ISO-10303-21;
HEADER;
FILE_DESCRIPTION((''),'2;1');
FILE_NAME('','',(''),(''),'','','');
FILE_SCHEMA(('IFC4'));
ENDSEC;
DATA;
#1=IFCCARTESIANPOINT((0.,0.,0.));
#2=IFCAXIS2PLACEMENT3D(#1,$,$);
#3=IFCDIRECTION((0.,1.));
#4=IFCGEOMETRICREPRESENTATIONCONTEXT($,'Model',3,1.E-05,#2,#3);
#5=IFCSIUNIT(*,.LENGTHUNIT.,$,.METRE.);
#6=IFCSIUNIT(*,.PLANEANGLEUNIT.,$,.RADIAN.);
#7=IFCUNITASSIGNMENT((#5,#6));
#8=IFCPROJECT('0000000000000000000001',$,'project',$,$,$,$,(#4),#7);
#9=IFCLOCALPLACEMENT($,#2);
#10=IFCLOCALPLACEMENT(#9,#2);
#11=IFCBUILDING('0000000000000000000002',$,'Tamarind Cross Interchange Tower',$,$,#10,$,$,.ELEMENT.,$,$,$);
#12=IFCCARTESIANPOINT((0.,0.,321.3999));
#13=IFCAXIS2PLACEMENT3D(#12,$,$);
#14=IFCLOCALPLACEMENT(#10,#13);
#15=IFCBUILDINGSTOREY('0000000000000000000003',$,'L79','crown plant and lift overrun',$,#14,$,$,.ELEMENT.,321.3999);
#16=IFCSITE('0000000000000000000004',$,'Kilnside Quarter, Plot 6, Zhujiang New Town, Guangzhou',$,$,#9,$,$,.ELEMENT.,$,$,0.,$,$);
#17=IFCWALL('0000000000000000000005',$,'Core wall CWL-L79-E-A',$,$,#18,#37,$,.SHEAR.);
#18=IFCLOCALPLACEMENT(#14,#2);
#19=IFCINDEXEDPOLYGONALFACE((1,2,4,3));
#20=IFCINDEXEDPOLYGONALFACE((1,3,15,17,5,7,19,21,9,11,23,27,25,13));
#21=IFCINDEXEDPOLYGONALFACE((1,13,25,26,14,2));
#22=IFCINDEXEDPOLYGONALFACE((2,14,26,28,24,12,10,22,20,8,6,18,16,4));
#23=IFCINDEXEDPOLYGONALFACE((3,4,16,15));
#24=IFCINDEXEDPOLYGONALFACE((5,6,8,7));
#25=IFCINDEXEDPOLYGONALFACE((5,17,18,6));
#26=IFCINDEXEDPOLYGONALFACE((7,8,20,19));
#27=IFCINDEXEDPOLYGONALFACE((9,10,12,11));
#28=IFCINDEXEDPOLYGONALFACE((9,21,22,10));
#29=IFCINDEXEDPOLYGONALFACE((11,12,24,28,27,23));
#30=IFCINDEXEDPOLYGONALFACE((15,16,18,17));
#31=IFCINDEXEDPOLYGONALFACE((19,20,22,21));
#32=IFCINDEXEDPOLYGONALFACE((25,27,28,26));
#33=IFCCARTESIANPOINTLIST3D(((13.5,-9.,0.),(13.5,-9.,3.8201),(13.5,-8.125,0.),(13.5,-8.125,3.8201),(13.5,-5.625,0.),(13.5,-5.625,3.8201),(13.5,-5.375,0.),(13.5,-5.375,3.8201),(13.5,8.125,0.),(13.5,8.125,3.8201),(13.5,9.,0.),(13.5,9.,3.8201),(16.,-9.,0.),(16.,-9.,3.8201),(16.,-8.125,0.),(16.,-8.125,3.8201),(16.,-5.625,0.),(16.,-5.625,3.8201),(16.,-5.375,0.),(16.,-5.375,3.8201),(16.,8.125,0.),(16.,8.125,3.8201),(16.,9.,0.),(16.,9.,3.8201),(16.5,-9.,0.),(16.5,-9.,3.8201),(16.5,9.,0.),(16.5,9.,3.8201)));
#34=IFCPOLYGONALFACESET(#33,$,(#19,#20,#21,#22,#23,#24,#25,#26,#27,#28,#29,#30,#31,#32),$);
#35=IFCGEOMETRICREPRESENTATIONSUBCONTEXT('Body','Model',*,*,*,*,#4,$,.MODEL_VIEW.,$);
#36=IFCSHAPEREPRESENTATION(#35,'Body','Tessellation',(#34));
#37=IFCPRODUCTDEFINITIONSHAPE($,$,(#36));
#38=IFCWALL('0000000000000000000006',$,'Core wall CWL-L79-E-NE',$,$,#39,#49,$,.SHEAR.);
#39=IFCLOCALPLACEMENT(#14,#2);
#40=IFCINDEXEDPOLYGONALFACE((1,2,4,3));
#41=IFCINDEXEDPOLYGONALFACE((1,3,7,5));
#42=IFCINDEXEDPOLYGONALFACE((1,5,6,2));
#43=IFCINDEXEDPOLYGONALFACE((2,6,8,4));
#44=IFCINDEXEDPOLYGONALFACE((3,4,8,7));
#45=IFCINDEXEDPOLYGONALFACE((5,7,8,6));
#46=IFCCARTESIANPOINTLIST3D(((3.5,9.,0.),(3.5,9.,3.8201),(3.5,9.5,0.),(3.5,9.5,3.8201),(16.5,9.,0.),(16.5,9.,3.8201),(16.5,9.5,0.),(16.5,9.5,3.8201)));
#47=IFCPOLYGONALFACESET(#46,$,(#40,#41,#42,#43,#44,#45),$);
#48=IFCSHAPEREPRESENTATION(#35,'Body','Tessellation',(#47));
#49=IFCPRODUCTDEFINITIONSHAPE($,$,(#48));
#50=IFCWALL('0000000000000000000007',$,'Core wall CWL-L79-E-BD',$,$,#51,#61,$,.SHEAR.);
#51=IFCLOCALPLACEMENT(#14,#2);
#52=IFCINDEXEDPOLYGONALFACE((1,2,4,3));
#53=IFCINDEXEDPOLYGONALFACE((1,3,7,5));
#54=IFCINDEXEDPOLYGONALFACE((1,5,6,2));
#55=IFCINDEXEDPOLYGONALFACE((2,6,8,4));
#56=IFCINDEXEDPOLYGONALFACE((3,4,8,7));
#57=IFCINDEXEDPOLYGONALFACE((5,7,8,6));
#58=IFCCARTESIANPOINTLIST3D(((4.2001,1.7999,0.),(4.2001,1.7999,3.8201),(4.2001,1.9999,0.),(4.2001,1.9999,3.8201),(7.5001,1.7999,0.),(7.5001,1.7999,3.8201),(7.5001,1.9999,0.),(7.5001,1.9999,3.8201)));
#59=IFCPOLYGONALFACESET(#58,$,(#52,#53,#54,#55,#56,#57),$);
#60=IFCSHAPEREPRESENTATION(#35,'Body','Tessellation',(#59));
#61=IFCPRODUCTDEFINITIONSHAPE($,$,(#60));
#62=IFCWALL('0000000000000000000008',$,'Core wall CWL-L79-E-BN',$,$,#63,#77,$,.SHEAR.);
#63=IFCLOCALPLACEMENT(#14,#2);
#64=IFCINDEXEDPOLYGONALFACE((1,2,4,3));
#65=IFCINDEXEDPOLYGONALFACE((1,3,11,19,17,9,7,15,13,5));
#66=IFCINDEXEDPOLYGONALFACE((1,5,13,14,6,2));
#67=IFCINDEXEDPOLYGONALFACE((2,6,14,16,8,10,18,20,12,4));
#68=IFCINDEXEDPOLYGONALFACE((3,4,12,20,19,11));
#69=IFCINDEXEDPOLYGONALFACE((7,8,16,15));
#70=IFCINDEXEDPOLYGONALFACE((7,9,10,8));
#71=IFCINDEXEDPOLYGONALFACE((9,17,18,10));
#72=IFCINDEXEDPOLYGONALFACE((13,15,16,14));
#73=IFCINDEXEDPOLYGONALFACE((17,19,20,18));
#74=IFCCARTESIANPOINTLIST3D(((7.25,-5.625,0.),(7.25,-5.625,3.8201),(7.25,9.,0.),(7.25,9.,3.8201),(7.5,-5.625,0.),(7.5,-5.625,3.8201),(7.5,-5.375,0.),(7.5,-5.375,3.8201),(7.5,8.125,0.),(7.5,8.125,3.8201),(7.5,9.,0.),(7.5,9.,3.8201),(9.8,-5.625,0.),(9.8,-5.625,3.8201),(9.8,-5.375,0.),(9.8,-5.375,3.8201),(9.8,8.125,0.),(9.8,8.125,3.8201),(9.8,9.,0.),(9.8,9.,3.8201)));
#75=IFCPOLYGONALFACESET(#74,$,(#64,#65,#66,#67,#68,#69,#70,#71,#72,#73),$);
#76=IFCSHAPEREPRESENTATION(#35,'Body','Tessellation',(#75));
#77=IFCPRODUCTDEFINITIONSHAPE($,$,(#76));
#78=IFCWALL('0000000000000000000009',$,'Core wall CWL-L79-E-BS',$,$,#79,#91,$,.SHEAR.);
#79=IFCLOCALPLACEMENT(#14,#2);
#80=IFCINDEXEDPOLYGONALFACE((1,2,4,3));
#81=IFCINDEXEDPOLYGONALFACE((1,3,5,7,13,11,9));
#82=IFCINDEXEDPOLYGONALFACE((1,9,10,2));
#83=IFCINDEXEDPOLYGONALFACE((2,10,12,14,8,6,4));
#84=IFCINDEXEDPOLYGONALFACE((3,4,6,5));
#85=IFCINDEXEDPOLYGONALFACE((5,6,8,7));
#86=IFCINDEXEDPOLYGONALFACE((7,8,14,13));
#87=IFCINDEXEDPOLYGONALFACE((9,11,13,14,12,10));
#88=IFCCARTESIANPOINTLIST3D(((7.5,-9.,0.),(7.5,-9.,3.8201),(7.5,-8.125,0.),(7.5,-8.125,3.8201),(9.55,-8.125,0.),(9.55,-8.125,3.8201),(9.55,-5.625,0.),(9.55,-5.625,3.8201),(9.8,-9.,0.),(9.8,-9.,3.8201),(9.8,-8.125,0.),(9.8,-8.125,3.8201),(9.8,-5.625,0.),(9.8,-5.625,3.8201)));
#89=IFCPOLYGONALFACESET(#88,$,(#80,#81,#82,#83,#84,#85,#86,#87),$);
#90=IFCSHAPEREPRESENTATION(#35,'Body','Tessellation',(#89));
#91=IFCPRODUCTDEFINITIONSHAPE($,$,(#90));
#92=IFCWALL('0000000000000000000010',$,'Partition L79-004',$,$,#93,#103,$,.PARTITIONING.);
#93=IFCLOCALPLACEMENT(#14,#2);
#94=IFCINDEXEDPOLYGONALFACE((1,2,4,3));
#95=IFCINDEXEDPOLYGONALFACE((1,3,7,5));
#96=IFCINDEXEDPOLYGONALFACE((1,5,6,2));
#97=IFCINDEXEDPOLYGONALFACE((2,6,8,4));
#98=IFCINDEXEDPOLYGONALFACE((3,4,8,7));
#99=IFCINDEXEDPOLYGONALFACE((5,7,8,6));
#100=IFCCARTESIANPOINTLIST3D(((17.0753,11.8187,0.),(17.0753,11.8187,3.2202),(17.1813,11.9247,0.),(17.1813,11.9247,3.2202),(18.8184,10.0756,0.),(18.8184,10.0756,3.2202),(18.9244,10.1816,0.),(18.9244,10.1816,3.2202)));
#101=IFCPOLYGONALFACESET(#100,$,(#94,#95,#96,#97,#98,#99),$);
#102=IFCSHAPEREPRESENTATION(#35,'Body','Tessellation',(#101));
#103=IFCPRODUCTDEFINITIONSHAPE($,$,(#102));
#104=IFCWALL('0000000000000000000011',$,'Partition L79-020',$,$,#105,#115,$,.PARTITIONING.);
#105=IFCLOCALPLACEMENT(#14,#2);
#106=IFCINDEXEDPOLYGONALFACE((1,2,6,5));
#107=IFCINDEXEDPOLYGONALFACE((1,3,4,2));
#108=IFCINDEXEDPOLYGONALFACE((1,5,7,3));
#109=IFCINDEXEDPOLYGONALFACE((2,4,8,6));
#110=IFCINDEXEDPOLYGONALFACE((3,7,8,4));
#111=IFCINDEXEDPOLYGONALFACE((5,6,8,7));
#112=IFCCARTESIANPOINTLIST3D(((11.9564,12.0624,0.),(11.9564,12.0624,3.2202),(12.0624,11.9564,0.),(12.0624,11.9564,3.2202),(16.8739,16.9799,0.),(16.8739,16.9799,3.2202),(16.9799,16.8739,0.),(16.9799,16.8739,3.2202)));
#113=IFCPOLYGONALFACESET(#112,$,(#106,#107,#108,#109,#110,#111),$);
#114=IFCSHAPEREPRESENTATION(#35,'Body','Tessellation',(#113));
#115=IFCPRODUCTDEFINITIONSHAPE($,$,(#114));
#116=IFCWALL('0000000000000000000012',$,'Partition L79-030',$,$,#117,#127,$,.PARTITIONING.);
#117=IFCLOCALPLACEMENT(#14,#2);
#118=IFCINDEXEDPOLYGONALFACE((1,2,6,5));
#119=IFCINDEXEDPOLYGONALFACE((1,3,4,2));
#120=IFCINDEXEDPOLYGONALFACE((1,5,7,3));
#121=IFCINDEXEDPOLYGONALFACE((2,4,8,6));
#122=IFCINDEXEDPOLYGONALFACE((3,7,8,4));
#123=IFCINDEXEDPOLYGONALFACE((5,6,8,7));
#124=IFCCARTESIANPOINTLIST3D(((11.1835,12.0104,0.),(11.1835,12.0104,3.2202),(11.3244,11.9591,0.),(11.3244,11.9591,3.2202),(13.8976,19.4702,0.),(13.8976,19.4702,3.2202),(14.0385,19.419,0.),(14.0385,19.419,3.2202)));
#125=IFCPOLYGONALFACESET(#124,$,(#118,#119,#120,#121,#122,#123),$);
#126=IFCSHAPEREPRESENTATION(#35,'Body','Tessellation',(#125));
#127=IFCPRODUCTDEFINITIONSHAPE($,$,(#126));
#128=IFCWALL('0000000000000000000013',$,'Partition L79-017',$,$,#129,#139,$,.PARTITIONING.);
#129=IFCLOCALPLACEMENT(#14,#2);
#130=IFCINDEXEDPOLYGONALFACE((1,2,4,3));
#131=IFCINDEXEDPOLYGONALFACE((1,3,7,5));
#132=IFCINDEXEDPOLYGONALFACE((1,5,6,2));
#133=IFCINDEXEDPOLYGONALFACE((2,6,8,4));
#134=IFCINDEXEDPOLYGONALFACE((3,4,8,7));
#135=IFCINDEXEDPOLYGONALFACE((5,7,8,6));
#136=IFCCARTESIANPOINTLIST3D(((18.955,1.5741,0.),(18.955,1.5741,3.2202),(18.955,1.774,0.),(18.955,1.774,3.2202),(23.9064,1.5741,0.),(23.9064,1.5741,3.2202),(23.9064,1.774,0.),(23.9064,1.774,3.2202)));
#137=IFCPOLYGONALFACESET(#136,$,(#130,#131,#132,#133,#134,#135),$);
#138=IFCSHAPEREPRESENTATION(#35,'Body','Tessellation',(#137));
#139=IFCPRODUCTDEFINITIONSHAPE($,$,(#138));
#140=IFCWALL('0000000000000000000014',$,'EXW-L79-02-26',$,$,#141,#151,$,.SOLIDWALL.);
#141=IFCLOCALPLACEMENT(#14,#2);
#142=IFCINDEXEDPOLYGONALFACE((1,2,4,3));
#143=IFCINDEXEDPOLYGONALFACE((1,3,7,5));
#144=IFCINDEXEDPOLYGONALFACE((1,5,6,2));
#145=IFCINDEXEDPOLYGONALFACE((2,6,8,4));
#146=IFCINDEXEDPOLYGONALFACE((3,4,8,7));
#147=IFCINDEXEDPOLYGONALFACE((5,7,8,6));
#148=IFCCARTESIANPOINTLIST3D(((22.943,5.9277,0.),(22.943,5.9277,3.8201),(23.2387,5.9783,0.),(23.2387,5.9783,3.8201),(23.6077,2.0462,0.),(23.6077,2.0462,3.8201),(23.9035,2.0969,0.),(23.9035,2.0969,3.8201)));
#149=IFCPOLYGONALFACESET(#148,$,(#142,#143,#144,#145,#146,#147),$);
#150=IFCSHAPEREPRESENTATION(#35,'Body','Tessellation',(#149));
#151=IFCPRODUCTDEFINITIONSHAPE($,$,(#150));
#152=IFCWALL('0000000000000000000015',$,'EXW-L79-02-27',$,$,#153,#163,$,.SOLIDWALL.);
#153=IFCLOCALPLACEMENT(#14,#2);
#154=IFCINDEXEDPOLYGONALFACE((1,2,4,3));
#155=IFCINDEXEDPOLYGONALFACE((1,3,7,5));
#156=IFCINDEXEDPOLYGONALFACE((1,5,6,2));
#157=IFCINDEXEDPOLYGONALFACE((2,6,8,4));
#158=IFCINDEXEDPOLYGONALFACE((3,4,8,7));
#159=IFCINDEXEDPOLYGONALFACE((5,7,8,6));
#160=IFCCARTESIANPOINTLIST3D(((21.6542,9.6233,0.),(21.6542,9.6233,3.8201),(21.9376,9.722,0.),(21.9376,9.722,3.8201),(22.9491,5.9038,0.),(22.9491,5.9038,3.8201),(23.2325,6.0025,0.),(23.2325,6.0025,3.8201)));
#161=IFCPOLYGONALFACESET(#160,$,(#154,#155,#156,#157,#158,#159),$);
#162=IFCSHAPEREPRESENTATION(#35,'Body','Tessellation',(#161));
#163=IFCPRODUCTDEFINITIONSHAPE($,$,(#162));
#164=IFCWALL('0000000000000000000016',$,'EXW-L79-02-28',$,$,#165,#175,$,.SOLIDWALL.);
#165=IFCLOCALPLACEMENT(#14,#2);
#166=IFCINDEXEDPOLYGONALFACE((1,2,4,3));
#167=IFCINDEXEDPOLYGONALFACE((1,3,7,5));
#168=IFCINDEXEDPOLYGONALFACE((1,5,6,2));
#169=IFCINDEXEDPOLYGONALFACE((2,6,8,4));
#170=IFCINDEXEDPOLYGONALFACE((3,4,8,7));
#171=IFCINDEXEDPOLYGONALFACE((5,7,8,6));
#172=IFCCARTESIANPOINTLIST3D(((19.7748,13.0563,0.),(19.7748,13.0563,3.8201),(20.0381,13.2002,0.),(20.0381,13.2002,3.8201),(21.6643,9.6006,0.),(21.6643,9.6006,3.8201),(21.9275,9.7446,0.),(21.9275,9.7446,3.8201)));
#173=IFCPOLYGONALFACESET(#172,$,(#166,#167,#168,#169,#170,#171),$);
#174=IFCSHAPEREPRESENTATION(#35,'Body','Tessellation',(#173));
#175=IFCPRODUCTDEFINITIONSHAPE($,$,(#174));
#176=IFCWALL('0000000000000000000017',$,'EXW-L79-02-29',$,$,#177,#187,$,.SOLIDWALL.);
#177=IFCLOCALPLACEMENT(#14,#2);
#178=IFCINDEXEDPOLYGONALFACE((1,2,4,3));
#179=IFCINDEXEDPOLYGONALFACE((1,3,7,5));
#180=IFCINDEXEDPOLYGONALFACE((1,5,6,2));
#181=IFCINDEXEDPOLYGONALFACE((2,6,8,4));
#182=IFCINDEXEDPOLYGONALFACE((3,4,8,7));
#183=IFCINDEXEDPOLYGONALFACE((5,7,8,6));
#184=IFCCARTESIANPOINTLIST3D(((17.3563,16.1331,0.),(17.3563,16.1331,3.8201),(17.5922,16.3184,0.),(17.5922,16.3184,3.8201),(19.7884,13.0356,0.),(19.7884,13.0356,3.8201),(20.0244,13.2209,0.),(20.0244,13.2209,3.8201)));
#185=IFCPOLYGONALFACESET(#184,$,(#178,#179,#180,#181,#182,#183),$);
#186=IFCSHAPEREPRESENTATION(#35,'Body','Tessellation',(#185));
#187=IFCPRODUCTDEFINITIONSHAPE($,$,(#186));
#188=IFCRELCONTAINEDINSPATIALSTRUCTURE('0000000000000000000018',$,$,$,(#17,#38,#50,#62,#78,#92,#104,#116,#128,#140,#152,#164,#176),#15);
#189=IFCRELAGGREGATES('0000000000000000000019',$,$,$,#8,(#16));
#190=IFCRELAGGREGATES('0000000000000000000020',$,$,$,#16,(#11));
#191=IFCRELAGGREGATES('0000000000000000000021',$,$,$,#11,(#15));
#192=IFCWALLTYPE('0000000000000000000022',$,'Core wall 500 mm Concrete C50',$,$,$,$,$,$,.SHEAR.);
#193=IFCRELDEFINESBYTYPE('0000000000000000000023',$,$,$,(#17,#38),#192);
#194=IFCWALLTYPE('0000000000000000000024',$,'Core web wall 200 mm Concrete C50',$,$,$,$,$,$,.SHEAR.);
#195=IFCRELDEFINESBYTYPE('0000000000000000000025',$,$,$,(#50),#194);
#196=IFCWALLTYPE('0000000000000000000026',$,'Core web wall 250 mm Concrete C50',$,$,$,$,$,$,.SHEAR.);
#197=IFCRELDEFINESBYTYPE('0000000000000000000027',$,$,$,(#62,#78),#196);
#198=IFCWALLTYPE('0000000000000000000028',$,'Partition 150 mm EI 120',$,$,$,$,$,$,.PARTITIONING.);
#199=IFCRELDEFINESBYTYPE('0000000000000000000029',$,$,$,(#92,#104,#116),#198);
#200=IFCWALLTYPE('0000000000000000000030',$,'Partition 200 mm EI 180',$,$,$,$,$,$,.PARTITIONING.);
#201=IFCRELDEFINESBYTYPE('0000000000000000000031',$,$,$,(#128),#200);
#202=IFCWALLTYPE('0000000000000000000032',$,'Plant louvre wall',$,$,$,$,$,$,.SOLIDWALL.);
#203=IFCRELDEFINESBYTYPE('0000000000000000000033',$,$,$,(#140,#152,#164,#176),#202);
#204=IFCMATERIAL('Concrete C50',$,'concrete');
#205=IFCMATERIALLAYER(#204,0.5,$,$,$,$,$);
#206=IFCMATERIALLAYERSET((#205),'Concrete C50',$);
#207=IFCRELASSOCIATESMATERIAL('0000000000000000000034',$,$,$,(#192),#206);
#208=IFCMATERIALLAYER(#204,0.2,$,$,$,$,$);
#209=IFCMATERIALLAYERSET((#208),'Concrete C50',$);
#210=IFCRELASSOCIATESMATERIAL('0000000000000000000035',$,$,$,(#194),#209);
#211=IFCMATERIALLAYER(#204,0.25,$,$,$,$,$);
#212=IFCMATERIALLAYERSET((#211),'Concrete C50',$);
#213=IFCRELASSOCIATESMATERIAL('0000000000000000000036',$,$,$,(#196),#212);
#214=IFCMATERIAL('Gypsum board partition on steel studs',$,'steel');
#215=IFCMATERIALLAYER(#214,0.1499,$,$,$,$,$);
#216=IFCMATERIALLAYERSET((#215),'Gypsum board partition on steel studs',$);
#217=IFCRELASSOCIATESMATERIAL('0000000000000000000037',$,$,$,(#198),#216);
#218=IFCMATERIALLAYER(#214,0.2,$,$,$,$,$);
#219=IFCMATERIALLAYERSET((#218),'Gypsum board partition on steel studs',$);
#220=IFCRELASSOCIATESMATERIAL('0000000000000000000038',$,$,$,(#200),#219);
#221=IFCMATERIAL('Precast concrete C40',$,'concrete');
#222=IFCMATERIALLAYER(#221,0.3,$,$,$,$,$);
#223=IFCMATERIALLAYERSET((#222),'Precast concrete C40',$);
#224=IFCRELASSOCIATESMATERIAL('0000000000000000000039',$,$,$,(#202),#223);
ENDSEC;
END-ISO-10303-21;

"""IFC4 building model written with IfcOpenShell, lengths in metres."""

from ifc_helpers import new_model, si_unit, direction, frame, frame_2d, origin, place, context, subcontext, project, spatial, polyline, rectangle, outline, extrude, material, layer, layer_set, type_object, element, save


model = new_model("IFC4")

# Units and contexts
model_context = context("Model", 3, precision=1e-05, world=origin(), true_north=direction((0.0, 1.0)))
body_context = subcontext(model_context, "Body", "Model", "MODEL_VIEW")
ifc_project = project(units=[si_unit("LENGTHUNIT", "METRE"), si_unit("PLANEANGLEUNIT", "RADIAN")], contexts=[model_context])

# Site, building, storey
site_placement = place(None, origin())
site = spatial("IfcSite", under=ifc_project, at=site_placement, Name="Kilnside Quarter, Plot 6, Zhujiang New Town, Guangzhou", CompositionType="ELEMENT", RefElevation=0.0)
building_placement = place(site_placement, origin())
building = spatial("IfcBuilding", under=site, at=building_placement, Name="Tamarind Cross Interchange Tower", CompositionType="ELEMENT")
storey_placement = place(building_placement, frame((0.0, 0.0, 321.3999)))
storey = spatial("IfcBuildingStorey", under=building, at=storey_placement, Name="L79", Description="crown plant and lift overrun", CompositionType="ELEMENT", Elevation=321.3999)

# Walls
ifc_material_1 = material(Name="Concrete C50", Category="concrete")
ifc_layer_1 = layer(ifc_material_1, 0.5)
ifc_layer_set_1 = layer_set([ifc_layer_1], Name="Concrete C50")
wall_type_1 = type_object("IfcWallType", Name="Core wall 500 mm Concrete C50", PredefinedType="SHEAR", material=ifc_layer_set_1)
wall_1_placement = place(storey_placement, origin())
element("IfcWall", 1, at=wall_1_placement, inside=storey, type_object=wall_type_1, Name="Core wall CWL-L79-E-A", PredefinedType="SHEAR", context=body_context, shape_type="SweptSolid", body=[
    extrude(outline(polyline([(13.5, -8.125), (13.5, -9.0), (16.0, -9.0), (16.5, -9.0), (16.5, 9.0), (16.0, 9.0), (13.5, 9.0), (13.5, 8.125), (16.0, 8.125), (16.0, -5.375), (13.5, -5.375), (13.5, -5.625), (16.0, -5.625), (16.0, -8.125), (13.5, -8.125)])), origin(), (0.0, 0.0, 1.0), 3.8201),
])
wall_2_placement = place(storey_placement, frame((16.5, 9.25, 0.0), z_axis=(0.0, 0.0, 1.0), x_axis=(-1.0, 0.0, 0.0)))
element("IfcWall", 2, at=wall_2_placement, inside=storey, type_object=wall_type_1, Name="Core wall CWL-L79-E-NE", PredefinedType="SHEAR", context=body_context, shape_type="SweptSolid", body=[
    extrude(rectangle(XDim=13.0, YDim=0.5, at=frame_2d((6.5, 0.0))), origin(), (0.0, 0.0, 1.0), 3.8201),
])
ifc_layer_2 = layer(ifc_material_1, 0.2)
ifc_layer_set_2 = layer_set([ifc_layer_2], Name="Concrete C50")
wall_type_2 = type_object("IfcWallType", Name="Core web wall 200 mm Concrete C50", PredefinedType="SHEAR", material=ifc_layer_set_2)
wall_3_placement = place(storey_placement, frame((7.5, 1.8999, 0.0), z_axis=(0.0, 0.0, 1.0), x_axis=(-1.0, 0.0, 0.0)))
element("IfcWall", 3, at=wall_3_placement, inside=storey, type_object=wall_type_2, Name="Core wall CWL-L79-E-BD", PredefinedType="SHEAR", context=body_context, shape_type="SweptSolid", body=[
    extrude(rectangle(XDim=3.3, YDim=0.2, at=frame_2d((1.6499, 0.0))), origin(), (0.0, 0.0, 1.0), 3.8201),
])
ifc_layer_3 = layer(ifc_material_1, 0.25)
ifc_layer_set_3 = layer_set([ifc_layer_3], Name="Concrete C50")
wall_type_3 = type_object("IfcWallType", Name="Core web wall 250 mm Concrete C50", PredefinedType="SHEAR", material=ifc_layer_set_3)
wall_4_placement = place(storey_placement, origin())
element("IfcWall", 4, at=wall_4_placement, inside=storey, type_object=wall_type_3, Name="Core wall CWL-L79-E-BN", PredefinedType="SHEAR", context=body_context, shape_type="SweptSolid", body=[
    extrude(outline(polyline([(9.8, -5.625), (9.8, -5.375), (7.5, -5.375), (7.5, 8.125), (9.8, 8.125), (9.8, 9.0), (7.5, 9.0), (7.25, 9.0), (7.25, -5.625), (7.5, -5.625), (9.8, -5.625)])), origin(), (0.0, 0.0, 1.0), 3.8201),
])
wall_5_placement = place(storey_placement, origin())
element("IfcWall", 5, at=wall_5_placement, inside=storey, type_object=wall_type_3, Name="Core wall CWL-L79-E-BS", PredefinedType="SHEAR", context=body_context, shape_type="SweptSolid", body=[
    extrude(outline(polyline([(7.5, -8.125), (7.5, -9.0), (9.8, -9.0), (9.8, -8.125), (9.8, -5.625), (9.55, -5.625), (9.55, -8.125), (7.5, -8.125)])), origin(), (0.0, 0.0, 1.0), 3.8201),
])
ifc_material_2 = material(Name="Gypsum board partition on steel studs", Category="steel")
ifc_layer_4 = layer(ifc_material_2, 0.1499)
ifc_layer_set_4 = layer_set([ifc_layer_4], Name="Gypsum board partition on steel studs")
wall_type_4 = type_object("IfcWallType", Name="Partition 150 mm EI 120", PredefinedType="PARTITIONING", material=ifc_layer_set_4)
wall_6_placement = place(storey_placement, frame((17.1284, 11.8716, 0.0), z_axis=(0.0, 0.0, 1.0), x_axis=(0.707107, -0.707107, 0.0)))
element("IfcWall", 6, at=wall_6_placement, inside=storey, type_object=wall_type_4, Name="Partition L79-004", PredefinedType="PARTITIONING", context=body_context, shape_type="SweptSolid", body=[
    extrude(rectangle(XDim=2.4651, YDim=0.1499, at=frame_2d((1.2324, 0.0))), origin(), (0.0, 0.0, 1.0), 3.2202),
])
wall_7_placement = place(storey_placement, frame((12.0095, 12.0095, 0.0), z_axis=(0.0, 0.0, 1.0), x_axis=(0.707107, 0.707107, 0.0)))
element("IfcWall", 7, at=wall_7_placement, inside=storey, type_object=wall_type_4, Name="Partition L79-020", PredefinedType="PARTITIONING", context=body_context, shape_type="SweptSolid", body=[
    extrude(rectangle(XDim=6.9543, YDim=0.1499, at=frame_2d((3.4771, 0.0))), origin(), (0.0, 0.0, 1.0), 3.2202),
])
wall_8_placement = place(storey_placement, frame((11.2539, 11.9846, 0.0), z_axis=(0.0, 0.0, 1.0), x_axis=(0.341899, 0.939737, 0.0)))
element("IfcWall", 8, at=wall_8_placement, inside=storey, type_object=wall_type_4, Name="Partition L79-030", PredefinedType="PARTITIONING", context=body_context, shape_type="SweptSolid", body=[
    extrude(rectangle(XDim=7.9382, YDim=0.1499, at=frame_2d((3.9692, 0.0))), origin(), (0.0, 0.0, 1.0), 3.2202),
])
ifc_layer_5 = layer(ifc_material_2, 0.2)
ifc_layer_set_5 = layer_set([ifc_layer_5], Name="Gypsum board partition on steel studs")
wall_type_5 = type_object("IfcWallType", Name="Partition 200 mm EI 180", PredefinedType="PARTITIONING", material=ifc_layer_set_5)
wall_9_placement = place(storey_placement, frame((18.9551, 1.6741, 0.0), z_axis=(0.0, 0.0, 1.0), x_axis=(1.0, 0.0, 0.0)))
element("IfcWall", 9, at=wall_9_placement, inside=storey, type_object=wall_type_5, Name="Partition L79-017", PredefinedType="PARTITIONING", context=body_context, shape_type="SweptSolid", body=[
    extrude(rectangle(XDim=4.9514, YDim=0.2, at=frame_2d((2.4756, 0.0))), origin(), (0.0, 0.0, 1.0), 3.2202),
])
ifc_material_3 = material(Name="Precast concrete C40", Category="concrete")
ifc_layer_6 = layer(ifc_material_3, 0.3)
ifc_layer_set_6 = layer_set([ifc_layer_6], Name="Precast concrete C40")
wall_type_6 = type_object("IfcWallType", Name="Plant louvre wall", PredefinedType="SOLIDWALL", material=ifc_layer_set_6)
wall_10_placement = place(storey_placement, frame((23.7556, 2.0715, 0.0), z_axis=(0.0, 0.0, 1.0), x_axis=(-0.168811, 0.985648, 0.0)))
element("IfcWall", 10, at=wall_10_placement, inside=storey, type_object=wall_type_6, Name="EXW-L79-02-26", PredefinedType="SOLIDWALL", context=body_context, shape_type="SweptSolid", body=[
    extrude(rectangle(XDim=3.938, YDim=0.3, at=frame_2d((1.969, 0.0))), origin(), (0.0, 0.0, 1.0), 3.8201),
])
for number, where, z_axis, x_axis, name in (
    (11, (23.0908, 5.9531, 0.0), (0.0, 0.0, 1.0), (-0.32879, 0.944403, 0.0), "EXW-L79-02-27"),
    (12, (21.7959, 9.6726, 0.0), (0.0, 0.0, 1.0), (-0.479742, 0.877409, 0.0), "EXW-L79-02-28"),
):
    element("IfcWall", number, at=place(storey_placement, frame(where, z_axis=z_axis, x_axis=x_axis)), inside=storey, type_object=wall_type_6, Name=name, PredefinedType="SOLIDWALL", context=body_context, shape_type="SweptSolid", body=[
        extrude(rectangle(XDim=3.9385, YDim=0.3, at=frame_2d((1.9692, 0.0))), origin(), (0.0, 0.0, 1.0), 3.8201),
    ])
wall_11_placement = place(storey_placement, frame((19.9065, 13.1282, 0.0), z_axis=(0.0, 0.0, 1.0), x_axis=(-0.617578, 0.78651, 0.0)))
element("IfcWall", 13, at=wall_11_placement, inside=storey, type_object=wall_type_6, Name="EXW-L79-02-29", PredefinedType="SOLIDWALL", context=body_context, shape_type="SweptSolid", body=[
    extrude(rectangle(XDim=3.9382, YDim=0.3, at=frame_2d((1.9692, 0.0))), origin(), (0.0, 0.0, 1.0), 3.8201),
])

save(model, "model.ifc")
